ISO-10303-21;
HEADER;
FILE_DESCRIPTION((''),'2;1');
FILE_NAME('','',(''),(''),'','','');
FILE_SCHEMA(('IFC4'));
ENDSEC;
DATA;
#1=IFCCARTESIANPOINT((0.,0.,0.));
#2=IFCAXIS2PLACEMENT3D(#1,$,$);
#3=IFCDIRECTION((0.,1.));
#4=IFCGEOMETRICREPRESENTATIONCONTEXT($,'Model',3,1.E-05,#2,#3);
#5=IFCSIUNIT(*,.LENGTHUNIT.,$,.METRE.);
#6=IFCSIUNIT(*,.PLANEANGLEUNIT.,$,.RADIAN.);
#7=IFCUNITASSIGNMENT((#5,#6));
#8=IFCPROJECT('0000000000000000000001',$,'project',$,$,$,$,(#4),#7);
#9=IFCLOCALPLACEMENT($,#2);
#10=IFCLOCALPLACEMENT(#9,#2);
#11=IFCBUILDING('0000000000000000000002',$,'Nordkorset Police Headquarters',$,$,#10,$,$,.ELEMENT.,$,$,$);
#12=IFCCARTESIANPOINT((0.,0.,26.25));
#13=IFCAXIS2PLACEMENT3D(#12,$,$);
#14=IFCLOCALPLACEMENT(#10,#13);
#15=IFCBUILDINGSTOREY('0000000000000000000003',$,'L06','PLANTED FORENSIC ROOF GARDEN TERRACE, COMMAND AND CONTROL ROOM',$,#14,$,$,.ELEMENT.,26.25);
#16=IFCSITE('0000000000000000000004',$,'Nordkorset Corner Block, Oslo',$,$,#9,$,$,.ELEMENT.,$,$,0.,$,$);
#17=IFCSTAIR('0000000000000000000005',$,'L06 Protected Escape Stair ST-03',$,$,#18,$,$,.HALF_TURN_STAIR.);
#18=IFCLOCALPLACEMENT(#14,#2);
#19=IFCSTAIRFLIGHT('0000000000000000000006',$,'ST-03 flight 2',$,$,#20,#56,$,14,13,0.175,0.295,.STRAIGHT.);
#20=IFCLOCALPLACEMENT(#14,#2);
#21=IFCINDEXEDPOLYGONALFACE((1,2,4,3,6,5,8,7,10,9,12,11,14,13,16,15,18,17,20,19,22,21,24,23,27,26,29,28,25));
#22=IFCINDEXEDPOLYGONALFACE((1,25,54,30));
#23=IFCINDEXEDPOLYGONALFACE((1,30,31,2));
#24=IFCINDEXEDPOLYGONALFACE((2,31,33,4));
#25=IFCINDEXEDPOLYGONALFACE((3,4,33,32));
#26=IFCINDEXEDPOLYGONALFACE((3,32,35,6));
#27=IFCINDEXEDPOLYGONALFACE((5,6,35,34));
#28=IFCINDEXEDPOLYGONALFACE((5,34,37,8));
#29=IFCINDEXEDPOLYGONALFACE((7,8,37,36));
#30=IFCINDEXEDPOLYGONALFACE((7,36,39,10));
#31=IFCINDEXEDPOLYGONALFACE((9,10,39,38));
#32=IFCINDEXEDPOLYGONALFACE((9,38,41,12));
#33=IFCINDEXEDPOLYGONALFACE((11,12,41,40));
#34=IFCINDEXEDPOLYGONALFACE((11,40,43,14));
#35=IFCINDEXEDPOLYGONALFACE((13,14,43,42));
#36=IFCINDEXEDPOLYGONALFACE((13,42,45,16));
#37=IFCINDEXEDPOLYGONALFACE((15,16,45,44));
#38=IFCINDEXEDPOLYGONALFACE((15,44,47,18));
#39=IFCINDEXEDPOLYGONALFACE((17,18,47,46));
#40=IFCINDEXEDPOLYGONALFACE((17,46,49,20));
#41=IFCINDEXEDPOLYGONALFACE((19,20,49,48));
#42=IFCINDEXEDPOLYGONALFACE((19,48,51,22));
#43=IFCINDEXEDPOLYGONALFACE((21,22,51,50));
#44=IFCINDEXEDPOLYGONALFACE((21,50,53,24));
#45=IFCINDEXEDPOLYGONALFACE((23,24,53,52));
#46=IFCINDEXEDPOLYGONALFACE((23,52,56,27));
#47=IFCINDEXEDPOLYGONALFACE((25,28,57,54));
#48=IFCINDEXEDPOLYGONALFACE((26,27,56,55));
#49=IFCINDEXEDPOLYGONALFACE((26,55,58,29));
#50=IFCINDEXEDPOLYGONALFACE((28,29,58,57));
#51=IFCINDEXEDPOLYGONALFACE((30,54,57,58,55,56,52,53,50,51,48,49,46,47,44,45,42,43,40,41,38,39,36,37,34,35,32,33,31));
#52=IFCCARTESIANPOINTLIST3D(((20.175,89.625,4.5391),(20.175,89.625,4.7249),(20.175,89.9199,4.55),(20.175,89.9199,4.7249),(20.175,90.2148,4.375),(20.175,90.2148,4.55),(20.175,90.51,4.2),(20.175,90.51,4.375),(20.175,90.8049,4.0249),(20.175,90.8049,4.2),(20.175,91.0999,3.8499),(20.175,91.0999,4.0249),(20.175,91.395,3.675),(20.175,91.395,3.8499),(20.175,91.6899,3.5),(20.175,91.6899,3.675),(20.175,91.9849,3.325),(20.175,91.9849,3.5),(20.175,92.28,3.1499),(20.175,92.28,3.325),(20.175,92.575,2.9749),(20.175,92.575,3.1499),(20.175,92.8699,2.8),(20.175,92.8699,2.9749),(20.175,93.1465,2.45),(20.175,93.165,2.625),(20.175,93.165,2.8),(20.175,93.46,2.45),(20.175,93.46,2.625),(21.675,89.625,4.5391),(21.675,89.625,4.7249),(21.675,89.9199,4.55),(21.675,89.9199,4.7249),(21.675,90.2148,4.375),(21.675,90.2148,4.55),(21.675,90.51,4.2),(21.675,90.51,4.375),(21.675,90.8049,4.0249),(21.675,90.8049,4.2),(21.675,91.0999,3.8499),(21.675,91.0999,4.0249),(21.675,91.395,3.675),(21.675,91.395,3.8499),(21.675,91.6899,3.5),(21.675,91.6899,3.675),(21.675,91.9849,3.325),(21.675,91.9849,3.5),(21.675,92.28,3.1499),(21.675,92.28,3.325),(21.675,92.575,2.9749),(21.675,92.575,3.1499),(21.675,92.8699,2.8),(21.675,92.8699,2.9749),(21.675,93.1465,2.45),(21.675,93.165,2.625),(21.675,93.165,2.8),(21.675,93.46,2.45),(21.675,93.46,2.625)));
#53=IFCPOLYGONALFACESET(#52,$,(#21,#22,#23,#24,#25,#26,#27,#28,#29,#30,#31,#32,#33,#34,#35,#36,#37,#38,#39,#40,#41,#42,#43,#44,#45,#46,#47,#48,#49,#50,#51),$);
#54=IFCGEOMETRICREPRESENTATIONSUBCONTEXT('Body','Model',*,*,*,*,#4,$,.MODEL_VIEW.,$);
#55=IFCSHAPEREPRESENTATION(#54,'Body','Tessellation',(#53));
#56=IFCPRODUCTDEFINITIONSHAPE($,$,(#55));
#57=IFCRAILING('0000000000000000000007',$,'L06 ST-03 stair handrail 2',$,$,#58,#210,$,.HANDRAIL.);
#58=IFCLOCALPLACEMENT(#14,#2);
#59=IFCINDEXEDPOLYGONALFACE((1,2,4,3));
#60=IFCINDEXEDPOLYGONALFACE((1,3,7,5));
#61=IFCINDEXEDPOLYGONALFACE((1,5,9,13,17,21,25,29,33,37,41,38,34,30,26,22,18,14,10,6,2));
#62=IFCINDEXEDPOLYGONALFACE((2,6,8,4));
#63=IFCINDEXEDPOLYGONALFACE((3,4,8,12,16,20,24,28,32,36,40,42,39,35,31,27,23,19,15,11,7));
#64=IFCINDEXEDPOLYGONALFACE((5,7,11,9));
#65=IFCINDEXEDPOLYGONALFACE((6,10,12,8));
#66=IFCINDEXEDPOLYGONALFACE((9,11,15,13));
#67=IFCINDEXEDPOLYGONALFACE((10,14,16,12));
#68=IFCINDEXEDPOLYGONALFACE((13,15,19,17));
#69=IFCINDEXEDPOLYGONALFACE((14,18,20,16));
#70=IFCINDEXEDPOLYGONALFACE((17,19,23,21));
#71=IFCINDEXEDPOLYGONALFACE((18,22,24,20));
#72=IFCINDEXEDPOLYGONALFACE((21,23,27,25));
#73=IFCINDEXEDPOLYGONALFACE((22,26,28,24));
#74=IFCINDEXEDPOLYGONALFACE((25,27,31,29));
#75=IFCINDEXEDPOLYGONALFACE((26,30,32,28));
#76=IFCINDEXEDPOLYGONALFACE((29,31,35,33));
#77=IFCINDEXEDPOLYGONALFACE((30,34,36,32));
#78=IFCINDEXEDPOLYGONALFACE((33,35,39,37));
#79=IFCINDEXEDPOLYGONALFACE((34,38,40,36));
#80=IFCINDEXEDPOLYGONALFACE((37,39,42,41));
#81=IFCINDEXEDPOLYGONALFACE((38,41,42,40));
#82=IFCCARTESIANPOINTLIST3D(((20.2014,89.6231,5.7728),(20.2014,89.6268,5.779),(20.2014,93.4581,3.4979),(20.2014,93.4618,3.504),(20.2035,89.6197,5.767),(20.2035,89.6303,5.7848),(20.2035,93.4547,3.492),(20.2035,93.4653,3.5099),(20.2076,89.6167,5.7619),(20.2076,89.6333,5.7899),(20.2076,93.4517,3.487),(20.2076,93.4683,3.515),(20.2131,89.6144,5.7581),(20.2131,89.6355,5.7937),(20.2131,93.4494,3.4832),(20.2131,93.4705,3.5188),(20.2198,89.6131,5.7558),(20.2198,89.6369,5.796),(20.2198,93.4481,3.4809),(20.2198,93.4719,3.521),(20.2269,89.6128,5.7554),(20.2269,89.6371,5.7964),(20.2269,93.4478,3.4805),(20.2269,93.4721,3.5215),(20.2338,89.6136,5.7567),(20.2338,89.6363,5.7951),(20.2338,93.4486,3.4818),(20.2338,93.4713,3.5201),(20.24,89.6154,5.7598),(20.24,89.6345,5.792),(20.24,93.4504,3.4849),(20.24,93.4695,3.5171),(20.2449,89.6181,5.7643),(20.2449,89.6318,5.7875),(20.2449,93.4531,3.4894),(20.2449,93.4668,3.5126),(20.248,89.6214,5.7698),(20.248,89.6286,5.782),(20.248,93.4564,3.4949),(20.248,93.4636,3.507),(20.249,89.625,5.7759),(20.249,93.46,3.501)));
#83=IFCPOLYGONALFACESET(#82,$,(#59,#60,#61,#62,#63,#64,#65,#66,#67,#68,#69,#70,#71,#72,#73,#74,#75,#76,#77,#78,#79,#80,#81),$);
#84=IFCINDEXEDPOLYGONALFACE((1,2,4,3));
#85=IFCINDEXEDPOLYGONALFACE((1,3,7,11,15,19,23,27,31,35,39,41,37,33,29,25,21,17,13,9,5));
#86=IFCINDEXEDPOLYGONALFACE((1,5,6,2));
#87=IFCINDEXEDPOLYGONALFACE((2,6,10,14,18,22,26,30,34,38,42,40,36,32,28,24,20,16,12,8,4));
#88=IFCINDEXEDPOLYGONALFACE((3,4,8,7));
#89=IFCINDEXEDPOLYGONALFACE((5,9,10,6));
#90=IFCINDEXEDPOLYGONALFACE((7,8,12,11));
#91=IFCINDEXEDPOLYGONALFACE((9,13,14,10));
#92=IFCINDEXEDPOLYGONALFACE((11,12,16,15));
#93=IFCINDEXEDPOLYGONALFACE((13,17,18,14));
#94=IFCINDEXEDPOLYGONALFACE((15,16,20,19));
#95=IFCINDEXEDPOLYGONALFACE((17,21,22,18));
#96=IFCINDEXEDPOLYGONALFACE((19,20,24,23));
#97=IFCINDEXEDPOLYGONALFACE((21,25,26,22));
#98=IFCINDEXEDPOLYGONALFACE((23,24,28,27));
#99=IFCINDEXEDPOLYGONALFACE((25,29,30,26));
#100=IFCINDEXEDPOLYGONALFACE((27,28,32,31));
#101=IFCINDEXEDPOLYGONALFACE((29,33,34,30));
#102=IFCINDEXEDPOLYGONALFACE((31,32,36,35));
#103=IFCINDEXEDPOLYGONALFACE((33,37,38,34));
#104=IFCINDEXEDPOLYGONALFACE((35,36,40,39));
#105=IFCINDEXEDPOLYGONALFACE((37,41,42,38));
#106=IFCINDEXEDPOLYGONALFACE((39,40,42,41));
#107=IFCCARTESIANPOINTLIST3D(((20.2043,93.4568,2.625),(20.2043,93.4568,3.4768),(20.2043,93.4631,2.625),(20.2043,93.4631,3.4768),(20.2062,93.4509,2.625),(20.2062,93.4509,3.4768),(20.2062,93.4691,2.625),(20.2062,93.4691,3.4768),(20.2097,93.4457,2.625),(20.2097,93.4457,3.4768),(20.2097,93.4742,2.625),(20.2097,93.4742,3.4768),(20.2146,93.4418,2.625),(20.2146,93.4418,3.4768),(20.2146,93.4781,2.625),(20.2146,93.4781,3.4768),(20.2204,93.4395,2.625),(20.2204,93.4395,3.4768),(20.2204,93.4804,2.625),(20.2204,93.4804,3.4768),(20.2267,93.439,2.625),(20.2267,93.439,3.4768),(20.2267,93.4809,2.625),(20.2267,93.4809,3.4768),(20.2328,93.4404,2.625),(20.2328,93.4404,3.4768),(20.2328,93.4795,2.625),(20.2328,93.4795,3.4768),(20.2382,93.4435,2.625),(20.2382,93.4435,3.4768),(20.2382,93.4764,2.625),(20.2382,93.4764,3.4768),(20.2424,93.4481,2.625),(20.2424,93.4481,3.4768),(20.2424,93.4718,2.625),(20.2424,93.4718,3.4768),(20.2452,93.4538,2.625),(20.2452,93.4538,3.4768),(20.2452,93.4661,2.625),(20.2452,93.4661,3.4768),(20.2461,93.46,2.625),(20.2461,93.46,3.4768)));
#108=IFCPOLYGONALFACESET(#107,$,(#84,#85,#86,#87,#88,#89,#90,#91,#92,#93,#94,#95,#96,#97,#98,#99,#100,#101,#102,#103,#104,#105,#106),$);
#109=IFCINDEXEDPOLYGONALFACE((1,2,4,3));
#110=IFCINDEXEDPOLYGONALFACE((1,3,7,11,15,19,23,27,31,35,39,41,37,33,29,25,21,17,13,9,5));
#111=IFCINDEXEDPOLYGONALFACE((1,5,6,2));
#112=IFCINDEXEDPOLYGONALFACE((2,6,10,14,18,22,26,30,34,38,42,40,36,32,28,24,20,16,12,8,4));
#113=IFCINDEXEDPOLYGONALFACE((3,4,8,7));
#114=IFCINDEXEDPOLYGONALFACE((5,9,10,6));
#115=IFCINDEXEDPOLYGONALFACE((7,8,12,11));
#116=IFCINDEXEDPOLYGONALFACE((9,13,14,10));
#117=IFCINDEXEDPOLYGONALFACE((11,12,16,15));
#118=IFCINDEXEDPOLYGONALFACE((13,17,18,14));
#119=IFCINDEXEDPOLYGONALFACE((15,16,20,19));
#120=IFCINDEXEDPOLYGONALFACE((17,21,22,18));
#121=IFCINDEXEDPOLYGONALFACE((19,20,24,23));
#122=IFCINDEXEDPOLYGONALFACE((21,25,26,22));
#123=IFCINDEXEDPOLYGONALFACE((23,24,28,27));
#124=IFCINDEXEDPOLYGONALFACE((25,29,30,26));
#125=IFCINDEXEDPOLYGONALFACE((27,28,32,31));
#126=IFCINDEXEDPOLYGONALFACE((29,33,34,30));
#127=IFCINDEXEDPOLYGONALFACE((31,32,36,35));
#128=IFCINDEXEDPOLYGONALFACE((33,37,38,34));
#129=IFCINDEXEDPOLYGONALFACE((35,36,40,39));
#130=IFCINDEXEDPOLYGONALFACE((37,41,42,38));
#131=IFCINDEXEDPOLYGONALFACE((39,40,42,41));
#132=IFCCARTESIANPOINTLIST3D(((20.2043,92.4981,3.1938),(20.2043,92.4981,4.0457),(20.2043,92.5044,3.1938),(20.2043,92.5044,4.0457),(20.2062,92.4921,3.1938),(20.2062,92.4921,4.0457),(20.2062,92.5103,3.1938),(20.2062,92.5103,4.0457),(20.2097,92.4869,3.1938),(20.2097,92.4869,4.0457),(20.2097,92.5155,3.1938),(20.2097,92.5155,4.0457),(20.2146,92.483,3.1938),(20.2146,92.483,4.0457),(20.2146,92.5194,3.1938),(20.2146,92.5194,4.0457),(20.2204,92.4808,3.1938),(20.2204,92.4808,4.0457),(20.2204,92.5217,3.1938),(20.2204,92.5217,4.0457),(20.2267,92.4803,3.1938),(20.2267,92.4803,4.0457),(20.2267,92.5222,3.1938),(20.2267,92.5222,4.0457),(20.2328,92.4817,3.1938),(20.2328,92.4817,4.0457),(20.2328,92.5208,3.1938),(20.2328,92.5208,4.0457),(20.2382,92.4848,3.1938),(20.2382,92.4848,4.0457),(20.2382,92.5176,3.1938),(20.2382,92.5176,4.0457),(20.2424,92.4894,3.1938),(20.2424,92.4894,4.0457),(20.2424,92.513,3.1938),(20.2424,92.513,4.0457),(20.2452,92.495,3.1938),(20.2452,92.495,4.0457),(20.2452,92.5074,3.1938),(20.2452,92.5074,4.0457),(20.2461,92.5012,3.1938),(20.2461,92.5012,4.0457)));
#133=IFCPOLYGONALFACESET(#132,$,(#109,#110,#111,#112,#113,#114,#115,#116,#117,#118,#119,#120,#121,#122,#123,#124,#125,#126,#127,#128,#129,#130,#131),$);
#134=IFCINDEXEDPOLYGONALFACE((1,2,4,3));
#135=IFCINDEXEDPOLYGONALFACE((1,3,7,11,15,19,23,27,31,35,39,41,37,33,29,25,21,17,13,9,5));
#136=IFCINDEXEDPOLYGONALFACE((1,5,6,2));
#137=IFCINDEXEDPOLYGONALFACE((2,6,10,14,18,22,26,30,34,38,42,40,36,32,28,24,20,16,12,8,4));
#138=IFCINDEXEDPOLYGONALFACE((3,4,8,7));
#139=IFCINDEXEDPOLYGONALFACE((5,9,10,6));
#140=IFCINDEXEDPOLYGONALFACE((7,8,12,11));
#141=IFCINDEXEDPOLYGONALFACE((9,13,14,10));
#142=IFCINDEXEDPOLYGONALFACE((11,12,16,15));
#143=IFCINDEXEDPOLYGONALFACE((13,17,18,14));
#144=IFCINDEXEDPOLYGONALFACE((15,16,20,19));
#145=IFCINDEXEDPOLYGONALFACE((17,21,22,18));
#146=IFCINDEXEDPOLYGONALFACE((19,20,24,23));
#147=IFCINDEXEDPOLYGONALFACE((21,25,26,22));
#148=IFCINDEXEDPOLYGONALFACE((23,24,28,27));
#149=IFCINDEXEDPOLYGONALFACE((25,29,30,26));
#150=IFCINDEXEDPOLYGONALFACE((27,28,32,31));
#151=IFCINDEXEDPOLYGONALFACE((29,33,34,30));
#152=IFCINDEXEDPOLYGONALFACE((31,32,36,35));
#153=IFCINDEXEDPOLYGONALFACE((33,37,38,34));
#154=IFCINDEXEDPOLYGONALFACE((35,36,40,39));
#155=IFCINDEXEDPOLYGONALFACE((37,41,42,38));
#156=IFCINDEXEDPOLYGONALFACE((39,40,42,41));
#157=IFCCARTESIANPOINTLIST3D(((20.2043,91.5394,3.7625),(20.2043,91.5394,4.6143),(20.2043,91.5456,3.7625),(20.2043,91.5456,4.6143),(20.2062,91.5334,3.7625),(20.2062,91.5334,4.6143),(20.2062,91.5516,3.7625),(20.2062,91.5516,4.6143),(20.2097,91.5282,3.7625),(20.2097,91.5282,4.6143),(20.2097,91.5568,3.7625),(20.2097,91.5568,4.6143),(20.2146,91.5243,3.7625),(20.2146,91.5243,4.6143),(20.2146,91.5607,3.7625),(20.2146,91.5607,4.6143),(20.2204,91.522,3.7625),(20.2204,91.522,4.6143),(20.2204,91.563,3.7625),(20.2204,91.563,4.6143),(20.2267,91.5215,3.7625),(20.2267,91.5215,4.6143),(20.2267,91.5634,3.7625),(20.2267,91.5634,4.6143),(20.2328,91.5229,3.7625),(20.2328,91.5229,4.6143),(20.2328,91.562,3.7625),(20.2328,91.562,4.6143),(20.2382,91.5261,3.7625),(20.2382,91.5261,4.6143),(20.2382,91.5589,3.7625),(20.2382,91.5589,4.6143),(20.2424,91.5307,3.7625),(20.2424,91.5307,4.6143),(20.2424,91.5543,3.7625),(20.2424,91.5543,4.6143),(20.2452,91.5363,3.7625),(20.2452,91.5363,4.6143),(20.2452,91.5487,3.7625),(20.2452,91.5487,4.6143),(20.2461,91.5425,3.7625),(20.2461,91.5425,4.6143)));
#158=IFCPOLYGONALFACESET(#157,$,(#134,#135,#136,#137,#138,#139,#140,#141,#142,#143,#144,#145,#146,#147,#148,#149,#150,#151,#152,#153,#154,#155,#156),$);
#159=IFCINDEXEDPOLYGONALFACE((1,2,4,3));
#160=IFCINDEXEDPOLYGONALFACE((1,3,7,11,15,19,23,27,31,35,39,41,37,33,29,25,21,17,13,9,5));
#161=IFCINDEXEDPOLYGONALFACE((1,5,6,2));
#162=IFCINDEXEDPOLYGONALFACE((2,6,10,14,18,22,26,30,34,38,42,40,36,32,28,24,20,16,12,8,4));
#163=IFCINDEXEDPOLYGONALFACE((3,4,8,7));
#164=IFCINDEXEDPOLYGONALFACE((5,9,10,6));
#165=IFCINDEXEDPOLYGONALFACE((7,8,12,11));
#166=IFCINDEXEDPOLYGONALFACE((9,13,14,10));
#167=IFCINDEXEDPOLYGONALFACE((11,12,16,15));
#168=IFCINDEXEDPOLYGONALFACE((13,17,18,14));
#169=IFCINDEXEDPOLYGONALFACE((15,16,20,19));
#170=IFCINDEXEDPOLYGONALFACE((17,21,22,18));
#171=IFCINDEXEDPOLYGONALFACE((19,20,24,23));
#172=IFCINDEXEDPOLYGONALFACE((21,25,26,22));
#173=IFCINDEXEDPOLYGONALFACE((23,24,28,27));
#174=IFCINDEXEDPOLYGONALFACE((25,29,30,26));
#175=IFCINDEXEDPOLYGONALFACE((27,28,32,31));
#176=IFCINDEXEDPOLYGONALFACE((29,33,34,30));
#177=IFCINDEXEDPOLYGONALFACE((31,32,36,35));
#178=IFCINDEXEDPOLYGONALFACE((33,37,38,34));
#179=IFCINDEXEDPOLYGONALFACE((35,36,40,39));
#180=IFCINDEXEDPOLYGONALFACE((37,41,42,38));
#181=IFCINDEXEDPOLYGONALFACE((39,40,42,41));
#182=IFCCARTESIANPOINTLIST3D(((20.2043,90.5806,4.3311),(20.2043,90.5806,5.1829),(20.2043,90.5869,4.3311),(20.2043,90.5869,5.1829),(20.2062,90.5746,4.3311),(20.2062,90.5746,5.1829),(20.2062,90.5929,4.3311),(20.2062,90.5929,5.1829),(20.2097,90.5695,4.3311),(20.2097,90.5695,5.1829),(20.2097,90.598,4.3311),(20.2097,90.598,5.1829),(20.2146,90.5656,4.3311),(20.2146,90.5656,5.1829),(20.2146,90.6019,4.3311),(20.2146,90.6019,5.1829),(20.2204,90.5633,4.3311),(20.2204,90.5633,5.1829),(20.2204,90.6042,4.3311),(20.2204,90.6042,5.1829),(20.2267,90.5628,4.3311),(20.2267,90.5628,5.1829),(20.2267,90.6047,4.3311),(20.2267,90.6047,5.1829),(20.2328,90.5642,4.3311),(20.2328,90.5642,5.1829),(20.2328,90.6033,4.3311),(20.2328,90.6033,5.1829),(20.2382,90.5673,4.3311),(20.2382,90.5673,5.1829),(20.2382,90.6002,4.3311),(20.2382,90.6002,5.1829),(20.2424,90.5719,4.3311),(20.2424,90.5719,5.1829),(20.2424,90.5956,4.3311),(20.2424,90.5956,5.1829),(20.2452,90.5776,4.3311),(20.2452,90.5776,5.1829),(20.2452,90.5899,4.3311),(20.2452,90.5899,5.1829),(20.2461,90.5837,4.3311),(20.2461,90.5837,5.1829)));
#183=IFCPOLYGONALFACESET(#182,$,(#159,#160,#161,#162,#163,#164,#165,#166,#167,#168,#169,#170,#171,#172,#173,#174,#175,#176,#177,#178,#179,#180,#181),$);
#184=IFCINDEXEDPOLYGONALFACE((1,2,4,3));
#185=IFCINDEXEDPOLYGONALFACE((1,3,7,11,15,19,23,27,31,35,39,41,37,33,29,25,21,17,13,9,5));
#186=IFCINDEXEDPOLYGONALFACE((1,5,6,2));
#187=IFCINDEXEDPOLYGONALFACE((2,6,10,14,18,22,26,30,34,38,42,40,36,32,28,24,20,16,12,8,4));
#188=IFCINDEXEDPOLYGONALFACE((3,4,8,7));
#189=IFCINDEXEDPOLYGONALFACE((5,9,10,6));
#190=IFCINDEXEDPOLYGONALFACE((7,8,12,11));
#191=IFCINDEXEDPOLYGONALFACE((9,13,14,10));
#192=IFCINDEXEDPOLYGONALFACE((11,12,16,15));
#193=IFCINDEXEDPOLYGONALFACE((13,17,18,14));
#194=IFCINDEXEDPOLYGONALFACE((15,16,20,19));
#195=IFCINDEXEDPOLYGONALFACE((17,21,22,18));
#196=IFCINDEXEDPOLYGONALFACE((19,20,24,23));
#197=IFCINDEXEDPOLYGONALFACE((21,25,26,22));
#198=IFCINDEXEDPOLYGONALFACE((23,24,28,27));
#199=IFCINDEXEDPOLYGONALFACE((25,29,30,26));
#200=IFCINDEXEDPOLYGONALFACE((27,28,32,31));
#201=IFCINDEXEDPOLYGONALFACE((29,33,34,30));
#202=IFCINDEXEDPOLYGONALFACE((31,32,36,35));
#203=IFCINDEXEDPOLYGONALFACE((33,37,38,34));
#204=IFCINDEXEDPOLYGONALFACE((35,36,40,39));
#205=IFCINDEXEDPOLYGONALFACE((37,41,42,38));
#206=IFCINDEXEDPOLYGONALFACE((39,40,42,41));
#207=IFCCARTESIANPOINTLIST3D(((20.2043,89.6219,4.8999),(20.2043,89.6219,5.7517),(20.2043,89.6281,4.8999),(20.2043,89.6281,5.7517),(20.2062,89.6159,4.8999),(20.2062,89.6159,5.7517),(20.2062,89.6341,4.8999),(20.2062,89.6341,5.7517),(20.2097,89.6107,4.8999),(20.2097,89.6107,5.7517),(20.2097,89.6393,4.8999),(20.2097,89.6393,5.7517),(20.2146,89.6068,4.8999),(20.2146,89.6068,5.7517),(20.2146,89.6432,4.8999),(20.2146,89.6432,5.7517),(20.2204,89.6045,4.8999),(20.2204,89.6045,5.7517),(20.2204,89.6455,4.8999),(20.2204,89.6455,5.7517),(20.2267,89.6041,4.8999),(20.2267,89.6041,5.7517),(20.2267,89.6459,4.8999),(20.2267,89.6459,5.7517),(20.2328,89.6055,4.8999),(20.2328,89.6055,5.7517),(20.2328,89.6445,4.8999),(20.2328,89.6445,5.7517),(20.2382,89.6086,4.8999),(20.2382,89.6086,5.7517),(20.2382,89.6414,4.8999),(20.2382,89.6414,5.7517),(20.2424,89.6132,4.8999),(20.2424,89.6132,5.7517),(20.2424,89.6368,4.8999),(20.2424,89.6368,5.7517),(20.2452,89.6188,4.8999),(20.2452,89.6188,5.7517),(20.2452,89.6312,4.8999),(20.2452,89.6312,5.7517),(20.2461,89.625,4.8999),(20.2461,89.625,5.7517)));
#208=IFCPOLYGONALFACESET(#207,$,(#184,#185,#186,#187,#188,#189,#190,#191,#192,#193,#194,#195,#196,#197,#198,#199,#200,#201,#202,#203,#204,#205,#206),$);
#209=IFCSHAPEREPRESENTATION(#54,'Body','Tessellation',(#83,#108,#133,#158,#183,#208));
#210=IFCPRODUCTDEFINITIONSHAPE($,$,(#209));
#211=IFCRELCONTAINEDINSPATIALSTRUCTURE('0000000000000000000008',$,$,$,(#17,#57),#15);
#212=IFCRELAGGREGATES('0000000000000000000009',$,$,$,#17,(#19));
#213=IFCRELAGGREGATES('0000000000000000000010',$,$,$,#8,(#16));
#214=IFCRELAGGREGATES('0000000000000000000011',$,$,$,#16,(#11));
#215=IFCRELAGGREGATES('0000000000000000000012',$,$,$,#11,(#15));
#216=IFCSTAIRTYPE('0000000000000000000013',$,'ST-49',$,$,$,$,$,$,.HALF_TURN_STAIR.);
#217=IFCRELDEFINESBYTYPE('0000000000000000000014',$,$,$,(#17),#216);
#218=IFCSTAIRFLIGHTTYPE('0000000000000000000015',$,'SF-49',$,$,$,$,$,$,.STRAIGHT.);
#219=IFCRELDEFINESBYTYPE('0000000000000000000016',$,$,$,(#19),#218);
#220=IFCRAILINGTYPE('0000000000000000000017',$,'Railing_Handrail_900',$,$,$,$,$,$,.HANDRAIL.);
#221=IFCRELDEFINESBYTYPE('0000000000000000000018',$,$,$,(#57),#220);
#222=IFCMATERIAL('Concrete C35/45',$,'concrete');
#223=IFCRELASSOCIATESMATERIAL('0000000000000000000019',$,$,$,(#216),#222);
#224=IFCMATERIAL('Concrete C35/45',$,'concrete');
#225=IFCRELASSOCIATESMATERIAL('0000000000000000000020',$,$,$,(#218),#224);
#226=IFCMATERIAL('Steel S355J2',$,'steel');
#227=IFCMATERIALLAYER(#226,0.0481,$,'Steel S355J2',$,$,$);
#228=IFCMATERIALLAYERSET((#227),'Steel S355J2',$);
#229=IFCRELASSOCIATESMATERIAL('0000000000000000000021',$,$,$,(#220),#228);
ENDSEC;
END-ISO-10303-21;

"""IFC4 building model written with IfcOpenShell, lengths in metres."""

from ifc_helpers import new_model, si_unit, direction, frame, origin, origin_2d, place, context, subcontext, project, spatial, polyline, circle, outline, extrude, material, layer, layer_set, type_object, element, aggregate, save


model = new_model("IFC4")

# Units and contexts
model_context = context("Model", 3, precision=1e-05, world=origin(), true_north=direction((0.0, 1.0)))
body_context = subcontext(model_context, "Body", "Model", "MODEL_VIEW")
ifc_project = project(units=[si_unit("LENGTHUNIT", "METRE"), si_unit("PLANEANGLEUNIT", "RADIAN")], contexts=[model_context])

# Site, building, storey
site_placement = place(None, origin())
site = spatial("IfcSite", under=ifc_project, at=site_placement, Name="Nordkorset Corner Block, Oslo", CompositionType="ELEMENT", RefElevation=0.0)
building_placement = place(site_placement, origin())
building = spatial("IfcBuilding", under=site, at=building_placement, Name="Nordkorset Police Headquarters", CompositionType="ELEMENT")
storey_placement = place(building_placement, frame((0.0, 0.0, 26.25)))
storey = spatial("IfcBuildingStorey", under=building, at=storey_placement, Name="L06", Description="PLANTED FORENSIC ROOF GARDEN TERRACE, COMMAND AND CONTROL ROOM", CompositionType="ELEMENT", Elevation=26.25)

# Stair, stair flight
ifc_material_1 = material(Name="Concrete C35/45", Category="concrete")
stair_type = type_object("IfcStairType", Name="ST-49", PredefinedType="HALF_TURN_STAIR", material=ifc_material_1)
stair_placement = place(storey_placement, origin())
stair = element("IfcStair", 1, at=stair_placement, inside=storey, type_object=stair_type, Name="L06 Protected Escape Stair ST-03", PredefinedType="HALF_TURN_STAIR")
ifc_material_2 = material(Name="Concrete C35/45", Category="concrete")
stair_flight_type = type_object("IfcStairFlightType", Name="SF-49", PredefinedType="STRAIGHT", material=ifc_material_2)
stair_flight_placement = place(storey_placement, frame((20.925, 93.46, 2.45), z_axis=(0.0, 0.0, 1.0), x_axis=(0.0, -1.0, 0.0)))
stair_flight = element("IfcStairFlight", 2, at=stair_flight_placement, type_object=stair_flight_type, Name="ST-03 flight 2", NumberOfRisers=14, NumberOfTreads=13, PredefinedType="STRAIGHT", RiserHeight=0.175, TreadLength=0.295, context=body_context, shape_type="SweptSolid", body=[
    extrude(outline(polyline([(0.0, 0.0), (0.0, 0.175), (0.2949, 0.175), (0.2949, 0.3501), (0.5901, 0.3501), (0.5901, 0.5249), (0.885, 0.5249), (0.885, 0.7), (1.1799, 0.7), (1.1799, 0.875), (1.4751, 0.875), (1.4751, 1.05), (1.77, 1.05), (1.77, 1.2251), (2.0649, 1.2251), (2.0649, 1.3999), (2.3601, 1.3999), (2.3601, 1.575), (2.655, 1.575), (2.655, 1.75), (2.95, 1.75), (2.95, 1.925), (3.2451, 1.925), (3.2451, 2.1001), (3.54, 2.1001), (3.54, 2.2749), (3.835, 2.2749), (3.835, 2.45), (3.835, 2.0891), (0.3135, 0.0), (0.0, 0.0)])), frame((0.0, 0.75, 0.0), z_axis=(0.0, -1.0, 0.0), x_axis=(1.0, 0.0, 0.0)), (0.0, 0.0, 1.0), 1.5),
])
aggregate(stair, [stair_flight])

# Railing
ifc_material_3 = material(Name="Steel S355J2", Category="steel")
ifc_layer_1 = layer(ifc_material_3, 0.0481, Name="Steel S355J2")
ifc_layer_set_1 = layer_set([ifc_layer_1], Name="Steel S355J2")
railing_type_1 = type_object("IfcRailingType", Name="Railing_Handrail_900", PredefinedType="HANDRAIL", material=ifc_layer_set_1)
railing_1_placement = place(storey_placement, frame((20.2251, 93.46, 2.625)))
element("IfcRailing", 3, at=railing_1_placement, inside=storey, type_object=railing_type_1, Name="L06 ST-03 stair handrail 2", PredefinedType="HANDRAIL", context=body_context, shape_type="SweptSolid", body=[
    extrude(circle(Radius=0.0239, at=origin_2d()), frame((0.0, 0.0, 0.876), z_axis=(0.0, -0.860062, 0.51019), x_axis=(1.0, 0.0, 0.0)), (0.0, 0.0, 1.0), 4.459),
    extrude(circle(Radius=0.021, at=origin_2d()), origin(), (0.0, 0.0, 1.0), 0.8518),
    extrude(circle(Radius=0.021, at=origin_2d()), frame((0.0, -0.9587, 0.5688)), (0.0, 0.0, 1.0), 0.8518),
    extrude(circle(Radius=0.021, at=origin_2d()), frame((0.0, -1.9175, 1.1375)), (0.0, 0.0, 1.0), 0.8518),
    extrude(circle(Radius=0.021, at=origin_2d()), frame((0.0, -2.8762, 1.7061)), (0.0, 0.0, 1.0), 0.8518),
    extrude(circle(Radius=0.021, at=origin_2d()), frame((0.0, -3.835, 2.2749)), (0.0, 0.0, 1.0), 0.8518),
])

save(model, "model.ifc")
